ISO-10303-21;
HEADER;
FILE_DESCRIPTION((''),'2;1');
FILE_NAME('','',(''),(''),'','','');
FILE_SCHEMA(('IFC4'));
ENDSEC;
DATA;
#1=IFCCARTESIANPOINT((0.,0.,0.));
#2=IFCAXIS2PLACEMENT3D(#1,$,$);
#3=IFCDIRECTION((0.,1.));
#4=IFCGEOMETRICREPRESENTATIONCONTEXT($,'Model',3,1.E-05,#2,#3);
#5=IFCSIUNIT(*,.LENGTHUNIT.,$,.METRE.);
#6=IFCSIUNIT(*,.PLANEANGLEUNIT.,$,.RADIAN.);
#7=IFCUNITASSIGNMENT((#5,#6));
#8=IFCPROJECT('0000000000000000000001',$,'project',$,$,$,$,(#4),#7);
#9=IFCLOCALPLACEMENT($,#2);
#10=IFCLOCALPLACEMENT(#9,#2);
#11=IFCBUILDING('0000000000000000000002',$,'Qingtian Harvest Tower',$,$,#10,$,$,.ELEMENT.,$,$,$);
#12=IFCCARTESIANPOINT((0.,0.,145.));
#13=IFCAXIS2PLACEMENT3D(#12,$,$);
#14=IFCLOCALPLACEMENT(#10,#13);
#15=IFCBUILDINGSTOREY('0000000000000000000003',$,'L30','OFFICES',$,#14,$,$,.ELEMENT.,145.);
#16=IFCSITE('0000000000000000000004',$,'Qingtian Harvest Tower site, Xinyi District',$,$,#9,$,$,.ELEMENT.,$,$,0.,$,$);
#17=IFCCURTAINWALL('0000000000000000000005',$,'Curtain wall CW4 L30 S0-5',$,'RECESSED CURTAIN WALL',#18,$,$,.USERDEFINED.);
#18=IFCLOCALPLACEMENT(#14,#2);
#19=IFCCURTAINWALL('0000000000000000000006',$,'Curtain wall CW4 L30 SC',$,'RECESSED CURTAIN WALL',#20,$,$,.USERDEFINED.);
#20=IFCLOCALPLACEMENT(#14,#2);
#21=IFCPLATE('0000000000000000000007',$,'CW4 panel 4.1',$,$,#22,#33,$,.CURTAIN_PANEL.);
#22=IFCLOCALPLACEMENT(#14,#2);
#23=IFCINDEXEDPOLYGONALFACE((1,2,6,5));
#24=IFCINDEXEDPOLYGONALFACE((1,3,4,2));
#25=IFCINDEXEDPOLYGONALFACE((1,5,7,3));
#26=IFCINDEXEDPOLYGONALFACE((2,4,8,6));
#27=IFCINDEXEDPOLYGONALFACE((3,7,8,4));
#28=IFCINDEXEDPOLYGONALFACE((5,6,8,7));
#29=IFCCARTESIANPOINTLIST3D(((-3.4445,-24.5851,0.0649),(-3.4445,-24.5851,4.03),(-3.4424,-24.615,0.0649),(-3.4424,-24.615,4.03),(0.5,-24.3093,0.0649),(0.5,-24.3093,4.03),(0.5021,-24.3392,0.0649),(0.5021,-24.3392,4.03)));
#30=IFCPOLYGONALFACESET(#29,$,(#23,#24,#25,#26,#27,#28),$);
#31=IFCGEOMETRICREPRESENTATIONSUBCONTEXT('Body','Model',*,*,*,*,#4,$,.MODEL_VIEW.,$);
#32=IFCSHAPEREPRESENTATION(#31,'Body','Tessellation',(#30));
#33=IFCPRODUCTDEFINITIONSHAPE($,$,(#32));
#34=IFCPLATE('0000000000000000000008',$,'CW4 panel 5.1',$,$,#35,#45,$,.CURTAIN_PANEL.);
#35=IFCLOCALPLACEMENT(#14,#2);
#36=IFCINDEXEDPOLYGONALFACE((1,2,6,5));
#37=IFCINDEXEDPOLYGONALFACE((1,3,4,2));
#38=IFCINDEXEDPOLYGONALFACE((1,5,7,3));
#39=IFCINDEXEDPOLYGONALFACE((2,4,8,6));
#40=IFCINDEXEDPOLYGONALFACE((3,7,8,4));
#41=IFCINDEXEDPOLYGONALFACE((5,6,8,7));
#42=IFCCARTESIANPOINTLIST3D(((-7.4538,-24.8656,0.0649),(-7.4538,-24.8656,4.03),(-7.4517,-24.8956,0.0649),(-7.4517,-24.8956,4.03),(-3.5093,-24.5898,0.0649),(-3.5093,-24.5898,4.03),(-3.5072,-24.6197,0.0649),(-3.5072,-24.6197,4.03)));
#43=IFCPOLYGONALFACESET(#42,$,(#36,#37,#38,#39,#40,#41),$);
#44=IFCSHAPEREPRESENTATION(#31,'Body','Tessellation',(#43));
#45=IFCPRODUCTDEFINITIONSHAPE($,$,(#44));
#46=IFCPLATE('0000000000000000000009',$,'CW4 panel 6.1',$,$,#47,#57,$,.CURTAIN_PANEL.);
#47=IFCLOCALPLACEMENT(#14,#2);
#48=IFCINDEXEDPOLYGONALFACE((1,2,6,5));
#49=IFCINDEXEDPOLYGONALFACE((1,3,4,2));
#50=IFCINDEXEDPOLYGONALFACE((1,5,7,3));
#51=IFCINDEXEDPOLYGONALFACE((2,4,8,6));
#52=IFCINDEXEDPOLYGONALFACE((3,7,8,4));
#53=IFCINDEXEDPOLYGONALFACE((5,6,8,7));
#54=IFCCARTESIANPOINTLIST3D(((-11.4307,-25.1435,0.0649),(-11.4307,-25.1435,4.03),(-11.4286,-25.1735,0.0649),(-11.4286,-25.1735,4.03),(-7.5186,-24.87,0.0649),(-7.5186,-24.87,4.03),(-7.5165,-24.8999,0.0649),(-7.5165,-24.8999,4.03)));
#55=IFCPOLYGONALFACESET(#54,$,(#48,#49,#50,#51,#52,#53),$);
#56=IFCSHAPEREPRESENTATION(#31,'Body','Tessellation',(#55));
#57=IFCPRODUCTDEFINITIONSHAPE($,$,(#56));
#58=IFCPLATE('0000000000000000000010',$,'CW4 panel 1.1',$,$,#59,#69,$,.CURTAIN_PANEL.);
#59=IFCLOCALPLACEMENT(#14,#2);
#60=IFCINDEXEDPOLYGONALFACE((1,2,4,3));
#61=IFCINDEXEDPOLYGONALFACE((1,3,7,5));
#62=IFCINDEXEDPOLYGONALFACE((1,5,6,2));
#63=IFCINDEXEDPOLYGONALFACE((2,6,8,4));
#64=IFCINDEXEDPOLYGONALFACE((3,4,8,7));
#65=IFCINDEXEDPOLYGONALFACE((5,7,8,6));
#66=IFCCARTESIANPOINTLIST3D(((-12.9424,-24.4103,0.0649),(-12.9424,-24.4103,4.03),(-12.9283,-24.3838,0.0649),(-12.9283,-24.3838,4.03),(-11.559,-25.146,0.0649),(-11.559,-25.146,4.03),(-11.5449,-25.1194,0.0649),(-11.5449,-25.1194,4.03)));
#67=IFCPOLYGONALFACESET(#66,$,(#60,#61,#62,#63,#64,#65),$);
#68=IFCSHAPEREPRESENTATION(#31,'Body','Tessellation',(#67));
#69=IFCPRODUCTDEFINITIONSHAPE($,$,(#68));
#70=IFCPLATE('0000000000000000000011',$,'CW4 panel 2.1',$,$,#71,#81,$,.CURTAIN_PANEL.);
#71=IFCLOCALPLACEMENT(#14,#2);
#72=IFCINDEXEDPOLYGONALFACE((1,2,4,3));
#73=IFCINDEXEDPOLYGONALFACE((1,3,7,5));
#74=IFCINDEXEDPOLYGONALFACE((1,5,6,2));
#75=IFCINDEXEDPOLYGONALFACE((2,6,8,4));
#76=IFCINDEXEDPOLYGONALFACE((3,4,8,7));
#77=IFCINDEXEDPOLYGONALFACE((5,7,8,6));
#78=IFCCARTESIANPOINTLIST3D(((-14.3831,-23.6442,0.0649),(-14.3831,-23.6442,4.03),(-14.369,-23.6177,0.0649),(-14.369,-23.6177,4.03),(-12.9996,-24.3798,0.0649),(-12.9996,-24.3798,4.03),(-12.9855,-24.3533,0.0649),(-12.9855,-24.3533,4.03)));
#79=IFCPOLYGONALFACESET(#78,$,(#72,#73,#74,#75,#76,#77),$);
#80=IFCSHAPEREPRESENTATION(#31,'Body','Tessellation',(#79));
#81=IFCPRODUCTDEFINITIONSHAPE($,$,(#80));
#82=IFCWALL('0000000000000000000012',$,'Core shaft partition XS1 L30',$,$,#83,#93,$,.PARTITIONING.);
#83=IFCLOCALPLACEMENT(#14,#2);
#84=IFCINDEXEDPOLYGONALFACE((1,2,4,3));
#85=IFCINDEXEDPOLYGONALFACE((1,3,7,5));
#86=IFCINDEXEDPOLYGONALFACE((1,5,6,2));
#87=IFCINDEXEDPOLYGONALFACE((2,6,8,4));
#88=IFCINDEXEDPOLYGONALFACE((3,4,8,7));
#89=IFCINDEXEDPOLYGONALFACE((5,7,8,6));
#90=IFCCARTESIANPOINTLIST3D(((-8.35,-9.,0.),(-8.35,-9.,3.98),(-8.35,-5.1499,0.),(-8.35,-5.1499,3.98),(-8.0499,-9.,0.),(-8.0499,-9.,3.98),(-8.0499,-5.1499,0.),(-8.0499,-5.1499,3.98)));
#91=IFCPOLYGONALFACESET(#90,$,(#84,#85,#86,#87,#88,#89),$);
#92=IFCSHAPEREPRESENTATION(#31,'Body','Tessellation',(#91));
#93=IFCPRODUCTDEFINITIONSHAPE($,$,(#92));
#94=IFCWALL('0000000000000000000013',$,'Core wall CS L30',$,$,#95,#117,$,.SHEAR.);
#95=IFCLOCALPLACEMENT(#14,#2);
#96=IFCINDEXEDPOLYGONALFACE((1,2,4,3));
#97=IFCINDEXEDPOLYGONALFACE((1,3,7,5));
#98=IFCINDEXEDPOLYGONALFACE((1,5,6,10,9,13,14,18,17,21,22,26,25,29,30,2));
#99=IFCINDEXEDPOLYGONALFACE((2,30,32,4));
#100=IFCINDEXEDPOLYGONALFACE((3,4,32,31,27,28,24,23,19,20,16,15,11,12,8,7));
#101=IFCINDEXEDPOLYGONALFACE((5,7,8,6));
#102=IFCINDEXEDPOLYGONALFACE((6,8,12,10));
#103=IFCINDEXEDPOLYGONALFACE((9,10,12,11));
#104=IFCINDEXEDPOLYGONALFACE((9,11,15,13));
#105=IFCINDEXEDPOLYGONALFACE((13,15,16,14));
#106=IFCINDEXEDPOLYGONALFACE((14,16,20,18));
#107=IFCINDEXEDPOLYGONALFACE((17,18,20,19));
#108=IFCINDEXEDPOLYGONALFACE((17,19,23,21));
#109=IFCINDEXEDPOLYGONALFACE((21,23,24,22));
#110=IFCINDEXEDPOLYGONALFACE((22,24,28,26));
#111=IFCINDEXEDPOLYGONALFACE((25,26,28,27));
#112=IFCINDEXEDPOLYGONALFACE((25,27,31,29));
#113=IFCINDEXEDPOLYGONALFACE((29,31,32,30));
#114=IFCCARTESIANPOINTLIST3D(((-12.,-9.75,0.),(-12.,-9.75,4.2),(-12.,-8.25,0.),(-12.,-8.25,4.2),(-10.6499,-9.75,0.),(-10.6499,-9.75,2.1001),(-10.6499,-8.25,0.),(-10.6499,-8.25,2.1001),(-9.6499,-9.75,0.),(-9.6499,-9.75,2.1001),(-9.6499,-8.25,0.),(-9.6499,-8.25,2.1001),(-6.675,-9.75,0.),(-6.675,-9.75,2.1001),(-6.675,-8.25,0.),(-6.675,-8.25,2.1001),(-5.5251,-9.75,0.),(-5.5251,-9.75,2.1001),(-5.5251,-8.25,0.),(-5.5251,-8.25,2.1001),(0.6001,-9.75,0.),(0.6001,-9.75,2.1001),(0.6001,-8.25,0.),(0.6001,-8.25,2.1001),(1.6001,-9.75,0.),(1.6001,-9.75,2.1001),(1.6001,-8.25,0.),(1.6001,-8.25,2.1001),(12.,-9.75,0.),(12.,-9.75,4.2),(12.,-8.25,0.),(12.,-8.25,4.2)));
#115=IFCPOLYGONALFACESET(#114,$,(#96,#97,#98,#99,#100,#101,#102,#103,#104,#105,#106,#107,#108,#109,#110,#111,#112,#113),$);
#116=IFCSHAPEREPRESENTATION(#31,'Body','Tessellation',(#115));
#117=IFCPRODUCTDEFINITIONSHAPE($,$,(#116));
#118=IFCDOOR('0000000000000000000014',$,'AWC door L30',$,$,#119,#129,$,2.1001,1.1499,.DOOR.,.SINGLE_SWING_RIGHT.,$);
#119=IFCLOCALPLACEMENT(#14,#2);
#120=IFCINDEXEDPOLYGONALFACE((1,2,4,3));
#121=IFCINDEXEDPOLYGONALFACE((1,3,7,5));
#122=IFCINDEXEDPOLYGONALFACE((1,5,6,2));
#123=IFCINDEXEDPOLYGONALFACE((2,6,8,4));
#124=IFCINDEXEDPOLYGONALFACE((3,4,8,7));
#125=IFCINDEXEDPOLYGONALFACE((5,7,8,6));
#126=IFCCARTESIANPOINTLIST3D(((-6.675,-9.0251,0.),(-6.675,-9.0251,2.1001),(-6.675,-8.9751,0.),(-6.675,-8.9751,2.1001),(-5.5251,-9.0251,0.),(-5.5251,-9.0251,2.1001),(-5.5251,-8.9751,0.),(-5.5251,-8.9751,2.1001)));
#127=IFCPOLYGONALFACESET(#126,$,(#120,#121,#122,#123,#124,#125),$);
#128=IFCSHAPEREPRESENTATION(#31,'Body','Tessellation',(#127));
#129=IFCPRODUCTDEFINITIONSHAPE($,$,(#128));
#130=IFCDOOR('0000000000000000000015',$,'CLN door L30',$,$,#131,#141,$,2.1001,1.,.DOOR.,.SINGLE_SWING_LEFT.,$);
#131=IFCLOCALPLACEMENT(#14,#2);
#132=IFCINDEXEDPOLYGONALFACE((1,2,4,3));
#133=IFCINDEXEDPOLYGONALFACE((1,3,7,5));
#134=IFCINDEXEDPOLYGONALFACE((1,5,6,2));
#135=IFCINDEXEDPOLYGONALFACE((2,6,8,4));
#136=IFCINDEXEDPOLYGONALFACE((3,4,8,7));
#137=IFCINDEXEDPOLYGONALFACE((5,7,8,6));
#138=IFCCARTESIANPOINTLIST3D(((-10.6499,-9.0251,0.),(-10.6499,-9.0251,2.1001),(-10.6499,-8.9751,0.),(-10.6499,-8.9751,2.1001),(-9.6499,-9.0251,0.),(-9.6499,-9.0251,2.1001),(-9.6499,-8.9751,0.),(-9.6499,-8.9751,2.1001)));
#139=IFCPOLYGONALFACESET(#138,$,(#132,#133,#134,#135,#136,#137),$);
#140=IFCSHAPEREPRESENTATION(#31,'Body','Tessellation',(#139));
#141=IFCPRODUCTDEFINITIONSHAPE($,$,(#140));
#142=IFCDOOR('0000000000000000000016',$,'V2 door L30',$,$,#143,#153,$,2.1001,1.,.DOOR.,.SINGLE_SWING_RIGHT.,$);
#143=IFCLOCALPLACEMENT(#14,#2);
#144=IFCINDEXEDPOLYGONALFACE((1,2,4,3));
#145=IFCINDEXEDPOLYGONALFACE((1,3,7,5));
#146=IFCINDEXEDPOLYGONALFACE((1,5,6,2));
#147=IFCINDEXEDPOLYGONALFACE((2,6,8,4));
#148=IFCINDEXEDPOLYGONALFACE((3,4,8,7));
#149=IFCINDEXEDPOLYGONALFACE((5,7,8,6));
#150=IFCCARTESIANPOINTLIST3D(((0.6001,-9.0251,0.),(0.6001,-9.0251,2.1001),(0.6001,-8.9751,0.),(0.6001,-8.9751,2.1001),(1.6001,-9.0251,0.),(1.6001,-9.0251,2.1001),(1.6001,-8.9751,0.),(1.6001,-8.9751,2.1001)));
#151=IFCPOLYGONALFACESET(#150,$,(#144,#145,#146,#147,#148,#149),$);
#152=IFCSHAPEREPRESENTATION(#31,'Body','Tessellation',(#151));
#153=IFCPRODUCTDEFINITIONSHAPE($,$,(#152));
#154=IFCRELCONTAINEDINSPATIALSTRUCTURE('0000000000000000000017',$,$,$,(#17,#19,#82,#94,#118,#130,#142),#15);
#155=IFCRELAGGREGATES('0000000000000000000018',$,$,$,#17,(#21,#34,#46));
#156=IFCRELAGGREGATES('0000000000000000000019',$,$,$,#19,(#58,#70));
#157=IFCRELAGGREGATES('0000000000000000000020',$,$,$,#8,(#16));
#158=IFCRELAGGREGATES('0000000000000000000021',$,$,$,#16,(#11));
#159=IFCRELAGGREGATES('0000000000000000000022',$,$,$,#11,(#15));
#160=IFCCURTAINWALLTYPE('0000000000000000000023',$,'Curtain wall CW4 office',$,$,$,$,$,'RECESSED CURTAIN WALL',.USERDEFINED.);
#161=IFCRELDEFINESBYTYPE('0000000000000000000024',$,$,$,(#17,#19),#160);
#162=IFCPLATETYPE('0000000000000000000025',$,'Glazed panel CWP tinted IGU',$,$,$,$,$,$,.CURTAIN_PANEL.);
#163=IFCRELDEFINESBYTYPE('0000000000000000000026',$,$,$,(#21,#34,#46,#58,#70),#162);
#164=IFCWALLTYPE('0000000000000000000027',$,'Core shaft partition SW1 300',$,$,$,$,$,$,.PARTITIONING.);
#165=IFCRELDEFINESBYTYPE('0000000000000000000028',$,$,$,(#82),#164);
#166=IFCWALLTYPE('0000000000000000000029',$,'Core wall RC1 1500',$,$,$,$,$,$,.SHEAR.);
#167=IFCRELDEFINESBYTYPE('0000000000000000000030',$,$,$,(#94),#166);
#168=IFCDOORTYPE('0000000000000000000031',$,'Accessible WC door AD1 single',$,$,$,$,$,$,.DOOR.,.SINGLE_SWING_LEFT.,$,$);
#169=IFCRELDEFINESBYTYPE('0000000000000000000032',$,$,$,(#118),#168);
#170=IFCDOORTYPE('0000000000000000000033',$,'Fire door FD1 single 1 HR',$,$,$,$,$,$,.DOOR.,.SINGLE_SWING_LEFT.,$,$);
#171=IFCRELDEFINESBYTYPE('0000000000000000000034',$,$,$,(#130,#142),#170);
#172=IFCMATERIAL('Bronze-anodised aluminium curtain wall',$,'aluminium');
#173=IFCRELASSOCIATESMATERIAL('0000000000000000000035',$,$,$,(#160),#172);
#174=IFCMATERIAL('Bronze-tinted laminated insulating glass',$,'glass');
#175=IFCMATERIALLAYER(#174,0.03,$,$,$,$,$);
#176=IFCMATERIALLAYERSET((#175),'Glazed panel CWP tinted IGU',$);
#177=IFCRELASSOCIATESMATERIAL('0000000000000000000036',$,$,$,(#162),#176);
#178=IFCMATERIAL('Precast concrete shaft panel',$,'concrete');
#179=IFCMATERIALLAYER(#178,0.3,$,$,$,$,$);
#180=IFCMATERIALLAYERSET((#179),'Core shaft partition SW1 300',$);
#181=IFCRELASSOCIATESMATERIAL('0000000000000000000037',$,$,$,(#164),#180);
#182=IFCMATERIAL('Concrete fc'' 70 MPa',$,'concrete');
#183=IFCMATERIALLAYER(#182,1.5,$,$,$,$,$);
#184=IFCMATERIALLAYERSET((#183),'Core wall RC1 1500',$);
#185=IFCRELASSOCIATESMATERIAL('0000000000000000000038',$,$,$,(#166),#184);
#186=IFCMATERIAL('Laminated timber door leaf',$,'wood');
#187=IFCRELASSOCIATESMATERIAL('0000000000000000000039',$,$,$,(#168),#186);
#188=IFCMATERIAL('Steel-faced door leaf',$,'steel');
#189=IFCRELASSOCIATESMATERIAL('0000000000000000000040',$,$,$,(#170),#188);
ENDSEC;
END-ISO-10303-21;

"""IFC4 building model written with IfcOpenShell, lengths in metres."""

from ifc_helpers import new_model, si_unit, direction, frame, frame_2d, origin, origin_2d, place, context, subcontext, project, spatial, rectangle, extrude, material, layer, layer_set, type_object, element, fill, aggregate, save


model = new_model("IFC4")

# Units and contexts
model_context = context("Model", 3, precision=1e-05, world=origin(), true_north=direction((0.0, 1.0)))
body_context = subcontext(model_context, "Body", "Model", "MODEL_VIEW")
ifc_project = project(units=[si_unit("LENGTHUNIT", "METRE"), si_unit("PLANEANGLEUNIT", "RADIAN")], contexts=[model_context])

# Site, building, storey
site_placement = place(None, origin())
site = spatial("IfcSite", under=ifc_project, at=site_placement, Name="Qingtian Harvest Tower site, Xinyi District", CompositionType="ELEMENT", RefElevation=0.0)
building_placement = place(site_placement, origin())
building = spatial("IfcBuilding", under=site, at=building_placement, Name="Qingtian Harvest Tower", CompositionType="ELEMENT")
storey_placement = place(building_placement, frame((0.0, 0.0, 145.0)))
storey = spatial("IfcBuildingStorey", under=building, at=storey_placement, Name="L30", Description="OFFICES", CompositionType="ELEMENT", Elevation=145.0)

# Curtain walls
ifc_material_1 = material(Name="Bronze-anodised aluminium curtain wall", Category="aluminium")
curtain_wall_type = type_object("IfcCurtainWallType", Name="Curtain wall CW4 office", ElementType="RECESSED CURTAIN WALL", PredefinedType="USERDEFINED", material=ifc_material_1)
curtain_wall_1_placement = place(storey_placement, origin())
curtain_wall_1 = element("IfcCurtainWall", 1, at=curtain_wall_1_placement, inside=storey, type_object=curtain_wall_type, Name="Curtain wall CW4 L30 S0-5", ObjectType="RECESSED CURTAIN WALL", PredefinedType="USERDEFINED")
curtain_wall_2_placement = place(storey_placement, origin())
curtain_wall_2 = element("IfcCurtainWall", 2, at=curtain_wall_2_placement, inside=storey, type_object=curtain_wall_type, Name="Curtain wall CW4 L30 SC", ObjectType="RECESSED CURTAIN WALL", PredefinedType="USERDEFINED")

# Plates
ifc_material_2 = material(Name="Bronze-tinted laminated insulating glass", Category="glass")
ifc_layer_1 = layer(ifc_material_2, 0.03)
ifc_layer_set_1 = layer_set([ifc_layer_1], Name="Glazed panel CWP tinted IGU")
plate_type = type_object("IfcPlateType", Name="Glazed panel CWP tinted IGU", PredefinedType="CURTAIN_PANEL", material=ifc_layer_set_1)
plate_1_placement = place(storey_placement, frame((-1.4712, -24.4622, 0.0649), z_axis=(0.0, 0.0, 1.0), x_axis=(-0.997564, -0.069756, 0.0)))
plate_1 = element("IfcPlate", 3, at=plate_1_placement, type_object=plate_type, Name="CW4 panel 4.1", PredefinedType="CURTAIN_PANEL", context=body_context, shape_type="SweptSolid", body=[
    extrude(rectangle(XDim=3.9541, YDim=0.03, at=origin_2d()), origin(), (0.0, 0.0, 1.0), 3.9651),
])
plate_2_placement = place(storey_placement, frame((-5.4805, -24.7427, 0.0649), z_axis=(0.0, 0.0, 1.0), x_axis=(-0.997564, -0.069756, 0.0)))
plate_2 = element("IfcPlate", 4, at=plate_2_placement, type_object=plate_type, Name="CW4 panel 5.1", PredefinedType="CURTAIN_PANEL", context=body_context, shape_type="SweptSolid", body=[
    extrude(rectangle(XDim=3.9541, YDim=0.03, at=origin_2d()), origin(), (0.0, 0.0, 1.0), 3.9651),
])
plate_3_placement = place(storey_placement, frame((-9.4736, -25.0217, 0.0649), z_axis=(0.0, 0.0, 1.0), x_axis=(-0.997564, -0.069756, 0.0)))
plate_3 = element("IfcPlate", 5, at=plate_3_placement, type_object=plate_type, Name="CW4 panel 6.1", PredefinedType="CURTAIN_PANEL", context=body_context, shape_type="SweptSolid", body=[
    extrude(rectangle(XDim=3.9216, YDim=0.03, at=origin_2d()), origin(), (0.0, 0.0, 1.0), 3.9651),
])
aggregate(curtain_wall_1, [plate_1, plate_2, plate_3])
plate_4_placement = place(storey_placement, frame((-12.2437, -24.7649, 0.0649), z_axis=(0.0, 0.0, 1.0), x_axis=(-0.882948, 0.469472, 0.0)))
plate_4 = element("IfcPlate", 6, at=plate_4_placement, type_object=plate_type, Name="CW4 panel 1.1", PredefinedType="CURTAIN_PANEL", context=body_context, shape_type="SweptSolid", body=[
    extrude(rectangle(XDim=1.5669, YDim=0.03, at=origin_2d()), origin(), (0.0, 0.0, 1.0), 3.9651),
])
plate_5_placement = place(storey_placement, frame((-13.6843, -23.9988, 0.0649), z_axis=(0.0, 0.0, 1.0), x_axis=(-0.882948, 0.469472, 0.0)))
plate_5 = element("IfcPlate", 7, at=plate_5_placement, type_object=plate_type, Name="CW4 panel 2.1", PredefinedType="CURTAIN_PANEL", context=body_context, shape_type="SweptSolid", body=[
    extrude(rectangle(XDim=1.5669, YDim=0.03, at=origin_2d()), origin(), (0.0, 0.0, 1.0), 3.9651),
])
aggregate(curtain_wall_2, [plate_4, plate_5])

# Wall
ifc_material_3 = material(Name="Precast concrete shaft panel", Category="concrete")
ifc_layer_2 = layer(ifc_material_3, 0.3)
ifc_layer_set_2 = layer_set([ifc_layer_2], Name="Core shaft partition SW1 300")
wall_type_1 = type_object("IfcWallType", Name="Core shaft partition SW1 300", PredefinedType="PARTITIONING", material=ifc_layer_set_2)
wall_1_placement = place(storey_placement, frame((-8.2, -9.0, 0.0), z_axis=(0.0, 0.0, 1.0), x_axis=(0.0, 1.0, 0.0)))
element("IfcWall", 8, at=wall_1_placement, inside=storey, type_object=wall_type_1, Name="Core shaft partition XS1 L30", PredefinedType="PARTITIONING", context=body_context, shape_type="SweptSolid", body=[
    extrude(rectangle(XDim=3.8501, YDim=0.3, at=frame_2d((1.925, 0.0))), origin(), (0.0, 0.0, 1.0), 3.98),
])

# Wall, openings, doors
ifc_material_4 = material(Name="Concrete fc' 70 MPa", Category="concrete")
ifc_layer_3 = layer(ifc_material_4, 1.5)
ifc_layer_set_3 = layer_set([ifc_layer_3], Name="Core wall RC1 1500")
wall_type_2 = type_object("IfcWallType", Name="Core wall RC1 1500", PredefinedType="SHEAR", material=ifc_layer_set_3)
wall_2_placement = place(storey_placement, frame((-12.0, -9.0, 0.0), z_axis=(0.0, 0.0, 1.0), x_axis=(1.0, 0.0, 0.0)))
wall_2 = element("IfcWall", 9, at=wall_2_placement, inside=storey, type_object=wall_type_2, Name="Core wall CS L30", PredefinedType="SHEAR", context=body_context, shape_type="SweptSolid", body=[
    extrude(rectangle(XDim=24.0, YDim=1.5, at=frame_2d((12.0, 0.0))), origin(), (0.0, 0.0, 1.0), 4.2),
])
opening_1_placement = place(wall_2_placement, frame((1.3501, 0.0, 0.0)))
opening_1 = element("IfcOpeningElement", 10, at=opening_1_placement, cuts=wall_2, PredefinedType="OPENING", context=body_context, shape_type="SweptSolid", body=[
    extrude(rectangle(XDim=1.0, YDim=2.1001, at=frame_2d((0.5, 1.05))), frame((0.0, 0.76, 0.0), z_axis=(0.0, -1.0, 0.0), x_axis=(1.0, 0.0, 0.0)), (0.0, 0.0, 1.0), 1.52),
])
opening_2_placement = place(wall_2_placement, frame((5.325, 0.0, 0.0)))
opening_2 = element("IfcOpeningElement", 11, at=opening_2_placement, cuts=wall_2, PredefinedType="OPENING", context=body_context, shape_type="SweptSolid", body=[
    extrude(rectangle(XDim=1.1499, YDim=2.1001, at=frame_2d((0.575, 1.05))), frame((0.0, 0.76, 0.0), z_axis=(0.0, -1.0, 0.0), x_axis=(1.0, 0.0, 0.0)), (0.0, 0.0, 1.0), 1.52),
])
opening_3_placement = place(wall_2_placement, frame((12.6001, 0.0, 0.0)))
opening_3 = element("IfcOpeningElement", 12, at=opening_3_placement, cuts=wall_2, PredefinedType="OPENING", context=body_context, shape_type="SweptSolid", body=[
    extrude(rectangle(XDim=1.0, YDim=2.1001, at=frame_2d((0.5, 1.05))), frame((0.0, 0.76, 0.0), z_axis=(0.0, -1.0, 0.0), x_axis=(1.0, 0.0, 0.0)), (0.0, 0.0, 1.0), 1.52),
])
ifc_material_5 = material(Name="Laminated timber door leaf", Category="wood")
door_type_1 = type_object("IfcDoorType", Name="Accessible WC door AD1 single", OperationType="SINGLE_SWING_LEFT", PredefinedType="DOOR", material=ifc_material_5)
door_1_placement = place(opening_2_placement, origin())
door_1 = element("IfcDoor", 13, at=door_1_placement, inside=storey, type_object=door_type_1, Name="AWC door L30", OperationType="SINGLE_SWING_RIGHT", OverallHeight=2.1001, OverallWidth=1.1499, PredefinedType="DOOR", context=body_context, shape_type="SweptSolid", body=[
    extrude(rectangle(XDim=1.1499, YDim=2.1001, at=frame_2d((0.575, 1.05))), frame((0.0, 0.0249, 0.0), z_axis=(0.0, -1.0, 0.0), x_axis=(1.0, 0.0, 0.0)), (0.0, 0.0, 1.0), 0.05),
])
fill(opening_2, door_1)
ifc_material_6 = material(Name="Steel-faced door leaf", Category="steel")
door_type_2 = type_object("IfcDoorType", Name="Fire door FD1 single 1 HR", OperationType="SINGLE_SWING_LEFT", PredefinedType="DOOR", material=ifc_material_6)
door_2_placement = place(opening_1_placement, origin())
door_2 = element("IfcDoor", 14, at=door_2_placement, inside=storey, type_object=door_type_2, Name="CLN door L30", OperationType="SINGLE_SWING_LEFT", OverallHeight=2.1001, OverallWidth=1.0, PredefinedType="DOOR", context=body_context, shape_type="SweptSolid", body=[
    extrude(rectangle(XDim=1.0, YDim=2.1001, at=frame_2d((0.5, 1.05))), frame((0.0, 0.0249, 0.0), z_axis=(0.0, -1.0, 0.0), x_axis=(1.0, 0.0, 0.0)), (0.0, 0.0, 1.0), 0.05),
])
fill(opening_1, door_2)
door_3_placement = place(opening_3_placement, origin())
door_3 = element("IfcDoor", 15, at=door_3_placement, inside=storey, type_object=door_type_2, Name="V2 door L30", OperationType="SINGLE_SWING_RIGHT", OverallHeight=2.1001, OverallWidth=1.0, PredefinedType="DOOR", context=body_context, shape_type="SweptSolid", body=[
    extrude(rectangle(XDim=1.0, YDim=2.1001, at=frame_2d((0.5, 1.05))), frame((0.0, 0.0249, 0.0), z_axis=(0.0, -1.0, 0.0), x_axis=(1.0, 0.0, 0.0)), (0.0, 0.0, 1.0), 0.05),
])
fill(opening_3, door_3)

save(model, "model.ifc")
